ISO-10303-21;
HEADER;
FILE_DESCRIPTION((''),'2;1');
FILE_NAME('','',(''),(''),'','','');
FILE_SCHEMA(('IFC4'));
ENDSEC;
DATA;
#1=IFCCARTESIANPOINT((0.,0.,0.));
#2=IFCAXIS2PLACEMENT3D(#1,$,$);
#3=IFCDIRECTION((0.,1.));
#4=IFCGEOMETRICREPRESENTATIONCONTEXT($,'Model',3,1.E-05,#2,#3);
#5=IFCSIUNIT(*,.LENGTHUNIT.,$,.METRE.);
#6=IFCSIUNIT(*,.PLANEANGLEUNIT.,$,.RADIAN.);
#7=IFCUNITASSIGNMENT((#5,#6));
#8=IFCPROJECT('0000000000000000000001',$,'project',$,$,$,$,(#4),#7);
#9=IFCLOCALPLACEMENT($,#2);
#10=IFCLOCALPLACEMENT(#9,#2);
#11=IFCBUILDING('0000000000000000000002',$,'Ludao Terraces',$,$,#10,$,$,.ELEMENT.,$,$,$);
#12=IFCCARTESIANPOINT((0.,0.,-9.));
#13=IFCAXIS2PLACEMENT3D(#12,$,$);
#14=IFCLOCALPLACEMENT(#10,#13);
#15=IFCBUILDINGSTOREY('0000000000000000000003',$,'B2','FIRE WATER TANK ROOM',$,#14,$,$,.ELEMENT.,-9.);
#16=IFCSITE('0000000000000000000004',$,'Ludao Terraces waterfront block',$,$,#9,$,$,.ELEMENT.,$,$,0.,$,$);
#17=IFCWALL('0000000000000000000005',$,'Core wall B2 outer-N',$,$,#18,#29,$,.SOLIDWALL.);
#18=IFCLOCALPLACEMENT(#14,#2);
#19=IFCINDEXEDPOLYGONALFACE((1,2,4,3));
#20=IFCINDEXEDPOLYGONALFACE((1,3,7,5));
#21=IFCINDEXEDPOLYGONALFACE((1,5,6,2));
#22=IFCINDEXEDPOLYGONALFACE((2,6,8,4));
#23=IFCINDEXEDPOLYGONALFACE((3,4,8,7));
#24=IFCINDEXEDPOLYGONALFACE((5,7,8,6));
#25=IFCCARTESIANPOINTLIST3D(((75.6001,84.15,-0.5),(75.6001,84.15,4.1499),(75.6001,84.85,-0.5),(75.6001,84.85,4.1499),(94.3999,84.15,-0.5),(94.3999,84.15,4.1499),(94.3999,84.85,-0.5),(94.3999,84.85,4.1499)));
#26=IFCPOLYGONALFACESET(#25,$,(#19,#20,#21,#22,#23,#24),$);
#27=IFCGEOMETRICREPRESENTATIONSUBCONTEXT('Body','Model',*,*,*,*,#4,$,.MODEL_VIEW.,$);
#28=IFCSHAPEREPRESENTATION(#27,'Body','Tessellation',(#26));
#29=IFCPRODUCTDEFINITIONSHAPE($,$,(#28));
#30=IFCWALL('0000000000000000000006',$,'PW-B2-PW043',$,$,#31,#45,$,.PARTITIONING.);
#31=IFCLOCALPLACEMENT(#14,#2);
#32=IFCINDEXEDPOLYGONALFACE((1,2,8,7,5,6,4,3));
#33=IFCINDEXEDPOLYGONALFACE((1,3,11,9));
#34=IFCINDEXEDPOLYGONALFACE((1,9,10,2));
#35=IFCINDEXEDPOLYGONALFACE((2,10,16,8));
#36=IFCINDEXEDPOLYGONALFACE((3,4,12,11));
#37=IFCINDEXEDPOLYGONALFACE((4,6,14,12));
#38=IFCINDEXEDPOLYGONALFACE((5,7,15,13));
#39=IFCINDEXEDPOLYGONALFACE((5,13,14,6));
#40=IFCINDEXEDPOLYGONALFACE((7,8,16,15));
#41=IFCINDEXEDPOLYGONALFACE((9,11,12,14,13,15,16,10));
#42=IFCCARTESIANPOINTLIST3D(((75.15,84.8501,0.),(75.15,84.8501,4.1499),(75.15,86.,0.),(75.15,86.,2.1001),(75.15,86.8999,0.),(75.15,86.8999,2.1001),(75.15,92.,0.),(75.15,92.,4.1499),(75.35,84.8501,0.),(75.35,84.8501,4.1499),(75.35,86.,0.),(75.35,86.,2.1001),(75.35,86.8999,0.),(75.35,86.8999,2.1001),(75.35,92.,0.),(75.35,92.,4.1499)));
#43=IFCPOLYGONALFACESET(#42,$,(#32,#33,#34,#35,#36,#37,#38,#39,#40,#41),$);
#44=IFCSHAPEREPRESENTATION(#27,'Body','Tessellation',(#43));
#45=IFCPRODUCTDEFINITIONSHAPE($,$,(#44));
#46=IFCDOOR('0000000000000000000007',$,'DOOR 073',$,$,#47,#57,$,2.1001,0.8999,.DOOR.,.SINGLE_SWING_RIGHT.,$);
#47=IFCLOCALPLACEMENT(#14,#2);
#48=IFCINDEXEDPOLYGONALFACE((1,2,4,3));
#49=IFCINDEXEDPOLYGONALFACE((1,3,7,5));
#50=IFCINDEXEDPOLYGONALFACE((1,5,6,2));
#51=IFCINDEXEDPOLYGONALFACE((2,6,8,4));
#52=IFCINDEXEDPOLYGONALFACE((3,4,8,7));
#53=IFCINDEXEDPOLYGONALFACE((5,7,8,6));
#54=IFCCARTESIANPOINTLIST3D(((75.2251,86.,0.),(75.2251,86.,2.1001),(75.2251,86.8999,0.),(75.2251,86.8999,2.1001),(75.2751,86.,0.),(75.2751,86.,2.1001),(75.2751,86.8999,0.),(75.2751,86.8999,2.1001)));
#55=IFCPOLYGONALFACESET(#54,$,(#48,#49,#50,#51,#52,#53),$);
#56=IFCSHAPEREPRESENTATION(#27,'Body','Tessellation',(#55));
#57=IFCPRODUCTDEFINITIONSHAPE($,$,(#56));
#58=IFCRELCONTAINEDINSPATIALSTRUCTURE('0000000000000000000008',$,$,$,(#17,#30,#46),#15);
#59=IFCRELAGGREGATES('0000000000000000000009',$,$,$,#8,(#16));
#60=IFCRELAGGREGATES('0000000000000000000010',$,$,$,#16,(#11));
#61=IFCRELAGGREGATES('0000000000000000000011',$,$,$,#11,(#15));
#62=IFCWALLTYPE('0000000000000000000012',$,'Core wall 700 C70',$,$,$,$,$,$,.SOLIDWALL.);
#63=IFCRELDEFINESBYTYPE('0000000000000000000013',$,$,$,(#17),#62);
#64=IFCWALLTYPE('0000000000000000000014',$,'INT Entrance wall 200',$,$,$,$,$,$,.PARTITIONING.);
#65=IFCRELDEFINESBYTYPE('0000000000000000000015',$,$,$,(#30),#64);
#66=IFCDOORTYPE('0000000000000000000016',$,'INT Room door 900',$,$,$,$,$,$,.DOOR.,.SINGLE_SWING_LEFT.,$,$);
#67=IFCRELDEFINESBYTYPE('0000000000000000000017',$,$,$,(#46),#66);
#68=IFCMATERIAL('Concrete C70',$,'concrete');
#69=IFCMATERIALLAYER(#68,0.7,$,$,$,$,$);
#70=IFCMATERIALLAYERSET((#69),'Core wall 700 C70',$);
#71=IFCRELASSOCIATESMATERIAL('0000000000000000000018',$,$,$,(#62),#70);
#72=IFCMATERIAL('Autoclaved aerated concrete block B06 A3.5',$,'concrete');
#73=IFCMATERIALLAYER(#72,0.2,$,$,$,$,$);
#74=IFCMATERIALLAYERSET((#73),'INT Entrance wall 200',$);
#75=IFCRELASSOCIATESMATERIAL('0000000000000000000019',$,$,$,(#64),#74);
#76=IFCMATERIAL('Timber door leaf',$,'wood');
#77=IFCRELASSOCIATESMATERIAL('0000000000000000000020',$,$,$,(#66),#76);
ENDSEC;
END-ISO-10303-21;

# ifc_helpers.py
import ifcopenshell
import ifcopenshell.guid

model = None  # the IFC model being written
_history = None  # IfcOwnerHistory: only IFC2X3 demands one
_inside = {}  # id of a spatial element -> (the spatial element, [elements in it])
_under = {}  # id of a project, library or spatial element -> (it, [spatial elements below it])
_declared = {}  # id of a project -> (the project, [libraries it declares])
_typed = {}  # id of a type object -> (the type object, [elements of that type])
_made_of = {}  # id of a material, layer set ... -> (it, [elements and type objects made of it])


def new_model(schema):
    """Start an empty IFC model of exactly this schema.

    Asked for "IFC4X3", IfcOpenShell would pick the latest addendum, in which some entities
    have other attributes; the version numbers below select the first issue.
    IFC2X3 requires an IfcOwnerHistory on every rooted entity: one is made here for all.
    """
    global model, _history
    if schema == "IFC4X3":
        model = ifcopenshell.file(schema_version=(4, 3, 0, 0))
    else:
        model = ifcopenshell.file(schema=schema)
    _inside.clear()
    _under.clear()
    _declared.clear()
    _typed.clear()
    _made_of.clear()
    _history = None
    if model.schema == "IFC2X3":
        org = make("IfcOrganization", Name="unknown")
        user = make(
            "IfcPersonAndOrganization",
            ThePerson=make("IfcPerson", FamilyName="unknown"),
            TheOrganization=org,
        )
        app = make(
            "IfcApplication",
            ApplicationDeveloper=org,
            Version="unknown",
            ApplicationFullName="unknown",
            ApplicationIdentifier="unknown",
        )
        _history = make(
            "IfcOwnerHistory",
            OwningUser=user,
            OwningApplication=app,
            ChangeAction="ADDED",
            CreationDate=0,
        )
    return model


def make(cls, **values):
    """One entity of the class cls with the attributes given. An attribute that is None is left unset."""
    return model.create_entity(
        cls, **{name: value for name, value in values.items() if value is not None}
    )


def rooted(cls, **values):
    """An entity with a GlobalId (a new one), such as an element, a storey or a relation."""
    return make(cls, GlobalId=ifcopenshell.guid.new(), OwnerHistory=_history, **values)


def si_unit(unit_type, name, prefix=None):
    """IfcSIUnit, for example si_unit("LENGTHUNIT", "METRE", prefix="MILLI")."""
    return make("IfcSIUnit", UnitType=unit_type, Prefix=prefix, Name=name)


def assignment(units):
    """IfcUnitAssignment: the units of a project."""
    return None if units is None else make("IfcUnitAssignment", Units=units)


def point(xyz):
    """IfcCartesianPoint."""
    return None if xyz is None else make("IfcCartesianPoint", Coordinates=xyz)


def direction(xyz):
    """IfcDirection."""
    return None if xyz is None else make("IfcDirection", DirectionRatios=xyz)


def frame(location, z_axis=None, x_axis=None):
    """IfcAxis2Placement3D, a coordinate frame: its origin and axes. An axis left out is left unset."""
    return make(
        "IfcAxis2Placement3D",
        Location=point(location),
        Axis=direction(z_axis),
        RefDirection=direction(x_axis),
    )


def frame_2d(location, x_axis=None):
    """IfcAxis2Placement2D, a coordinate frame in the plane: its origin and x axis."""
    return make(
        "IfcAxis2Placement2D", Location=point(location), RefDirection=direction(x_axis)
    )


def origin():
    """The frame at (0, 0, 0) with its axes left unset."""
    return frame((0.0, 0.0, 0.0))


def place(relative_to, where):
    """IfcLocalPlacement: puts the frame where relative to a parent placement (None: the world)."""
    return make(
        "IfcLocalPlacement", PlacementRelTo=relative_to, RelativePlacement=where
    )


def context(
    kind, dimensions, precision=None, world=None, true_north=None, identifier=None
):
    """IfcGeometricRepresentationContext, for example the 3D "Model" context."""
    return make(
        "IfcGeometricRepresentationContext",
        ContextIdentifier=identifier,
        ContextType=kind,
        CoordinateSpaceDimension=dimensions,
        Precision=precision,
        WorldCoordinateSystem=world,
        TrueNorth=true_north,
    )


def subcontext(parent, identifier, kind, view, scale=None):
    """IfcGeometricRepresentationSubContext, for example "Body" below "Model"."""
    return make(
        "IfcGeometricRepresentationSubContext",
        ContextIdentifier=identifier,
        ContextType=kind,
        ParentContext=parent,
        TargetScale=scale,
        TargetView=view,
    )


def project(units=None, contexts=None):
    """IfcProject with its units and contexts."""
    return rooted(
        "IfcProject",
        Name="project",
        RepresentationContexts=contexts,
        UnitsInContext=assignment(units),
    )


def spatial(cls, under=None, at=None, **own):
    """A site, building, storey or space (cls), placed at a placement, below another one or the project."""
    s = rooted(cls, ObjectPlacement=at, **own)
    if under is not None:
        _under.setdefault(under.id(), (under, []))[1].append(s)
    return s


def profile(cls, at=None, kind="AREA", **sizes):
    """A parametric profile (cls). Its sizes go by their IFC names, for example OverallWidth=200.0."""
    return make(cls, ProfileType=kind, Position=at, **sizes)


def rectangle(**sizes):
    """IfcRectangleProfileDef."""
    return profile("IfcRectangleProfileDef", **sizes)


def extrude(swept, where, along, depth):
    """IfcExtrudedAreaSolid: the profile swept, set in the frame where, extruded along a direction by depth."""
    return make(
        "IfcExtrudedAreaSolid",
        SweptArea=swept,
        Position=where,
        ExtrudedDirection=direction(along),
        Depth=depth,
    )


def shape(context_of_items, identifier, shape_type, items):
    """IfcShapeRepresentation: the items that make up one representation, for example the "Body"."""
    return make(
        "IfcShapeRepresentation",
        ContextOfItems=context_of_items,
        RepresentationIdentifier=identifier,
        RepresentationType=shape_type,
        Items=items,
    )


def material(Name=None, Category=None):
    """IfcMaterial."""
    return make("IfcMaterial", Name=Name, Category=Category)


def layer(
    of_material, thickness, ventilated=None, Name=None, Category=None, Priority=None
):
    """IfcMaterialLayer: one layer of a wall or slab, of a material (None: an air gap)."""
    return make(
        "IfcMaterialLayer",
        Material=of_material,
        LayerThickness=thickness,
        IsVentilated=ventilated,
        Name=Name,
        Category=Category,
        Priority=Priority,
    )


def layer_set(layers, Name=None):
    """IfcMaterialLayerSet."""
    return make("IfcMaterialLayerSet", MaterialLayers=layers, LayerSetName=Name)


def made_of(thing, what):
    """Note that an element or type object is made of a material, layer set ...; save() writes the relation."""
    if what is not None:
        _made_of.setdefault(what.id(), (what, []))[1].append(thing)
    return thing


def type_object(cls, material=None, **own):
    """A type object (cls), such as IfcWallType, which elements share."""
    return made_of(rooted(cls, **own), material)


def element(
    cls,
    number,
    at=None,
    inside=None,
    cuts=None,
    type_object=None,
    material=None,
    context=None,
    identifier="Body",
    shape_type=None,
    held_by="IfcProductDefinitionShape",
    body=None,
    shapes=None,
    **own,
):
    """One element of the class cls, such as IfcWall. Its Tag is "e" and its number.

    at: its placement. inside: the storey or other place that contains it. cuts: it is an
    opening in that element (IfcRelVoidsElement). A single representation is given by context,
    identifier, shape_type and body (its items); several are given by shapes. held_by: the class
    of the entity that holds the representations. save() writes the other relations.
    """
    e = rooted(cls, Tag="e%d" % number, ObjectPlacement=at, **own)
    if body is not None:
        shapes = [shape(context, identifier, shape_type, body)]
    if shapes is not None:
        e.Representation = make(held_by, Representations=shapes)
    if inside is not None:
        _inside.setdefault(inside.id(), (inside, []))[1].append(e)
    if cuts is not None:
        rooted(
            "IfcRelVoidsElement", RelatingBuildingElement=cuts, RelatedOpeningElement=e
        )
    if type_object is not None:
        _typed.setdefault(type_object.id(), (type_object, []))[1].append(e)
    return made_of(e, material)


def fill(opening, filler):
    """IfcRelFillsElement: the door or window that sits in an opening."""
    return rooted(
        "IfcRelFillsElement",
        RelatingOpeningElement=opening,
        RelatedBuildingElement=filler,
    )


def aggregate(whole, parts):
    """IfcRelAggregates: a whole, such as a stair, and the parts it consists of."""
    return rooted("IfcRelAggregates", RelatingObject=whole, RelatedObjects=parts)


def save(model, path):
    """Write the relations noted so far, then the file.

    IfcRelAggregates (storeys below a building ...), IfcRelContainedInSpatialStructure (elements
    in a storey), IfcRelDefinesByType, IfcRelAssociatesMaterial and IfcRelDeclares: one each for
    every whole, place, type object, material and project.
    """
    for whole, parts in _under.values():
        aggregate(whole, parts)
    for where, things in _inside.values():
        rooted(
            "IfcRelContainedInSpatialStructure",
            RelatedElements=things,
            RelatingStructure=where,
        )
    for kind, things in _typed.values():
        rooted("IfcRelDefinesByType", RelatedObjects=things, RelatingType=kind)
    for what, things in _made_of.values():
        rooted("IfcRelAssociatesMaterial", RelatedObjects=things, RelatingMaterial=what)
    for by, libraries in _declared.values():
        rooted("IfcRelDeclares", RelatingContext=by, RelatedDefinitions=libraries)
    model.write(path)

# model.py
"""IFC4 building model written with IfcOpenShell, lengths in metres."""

from ifc_helpers import new_model, si_unit, direction, frame, frame_2d, origin, place, context, subcontext, project, spatial, rectangle, extrude, material, layer, layer_set, type_object, element, fill, save


model = new_model("IFC4")

# Units and contexts
model_context = context("Model", 3, precision=1e-05, world=origin(), true_north=direction((0.0, 1.0)))
body_context = subcontext(model_context, "Body", "Model", "MODEL_VIEW")
ifc_project = project(units=[si_unit("LENGTHUNIT", "METRE"), si_unit("PLANEANGLEUNIT", "RADIAN")], contexts=[model_context])

# Site, building, storey
site_placement = place(None, origin())
site = spatial("IfcSite", under=ifc_project, at=site_placement, Name="Ludao Terraces waterfront block", CompositionType="ELEMENT", RefElevation=0.0)
building_placement = place(site_placement, origin())
building = spatial("IfcBuilding", under=site, at=building_placement, Name="Ludao Terraces", CompositionType="ELEMENT")
storey_placement = place(building_placement, frame((0.0, 0.0, -9.0)))
storey = spatial("IfcBuildingStorey", under=building, at=storey_placement, Name="B2", Description="FIRE WATER TANK ROOM", CompositionType="ELEMENT", Elevation=-9.0)

# Wall
ifc_material_1 = material(Name="Concrete C70", Category="concrete")
ifc_layer_1 = layer(ifc_material_1, 0.7)
ifc_layer_set_1 = layer_set([ifc_layer_1], Name="Core wall 700 C70")
wall_type_1 = type_object("IfcWallType", Name="Core wall 700 C70", PredefinedType="SOLIDWALL", material=ifc_layer_set_1)
wall_1_placement = place(storey_placement, frame((75.6001, 84.5, -0.5), z_axis=(0.0, 0.0, 1.0), x_axis=(1.0, 0.0, 0.0)))
element("IfcWall", 1, at=wall_1_placement, inside=storey, type_object=wall_type_1, Name="Core wall B2 outer-N", PredefinedType="SOLIDWALL", context=body_context, shape_type="SweptSolid", body=[
    extrude(rectangle(XDim=18.7998, YDim=0.7, at=frame_2d((9.3999, 0.0))), origin(), (0.0, 0.0, 1.0), 4.6499),
])

# Wall, opening, door
ifc_material_2 = material(Name="Autoclaved aerated concrete block B06 A3.5", Category="concrete")
ifc_layer_2 = layer(ifc_material_2, 0.2)
ifc_layer_set_2 = layer_set([ifc_layer_2], Name="INT Entrance wall 200")
wall_type_2 = type_object("IfcWallType", Name="INT Entrance wall 200", PredefinedType="PARTITIONING", material=ifc_layer_set_2)
wall_2_placement = place(storey_placement, frame((75.25, 84.8501, 0.0), z_axis=(0.0, 0.0, 1.0), x_axis=(0.0, 1.0, 0.0)))
wall_2 = element("IfcWall", 2, at=wall_2_placement, inside=storey, type_object=wall_type_2, Name="PW-B2-PW043", PredefinedType="PARTITIONING", context=body_context, shape_type="SweptSolid", body=[
    extrude(rectangle(XDim=7.1499, YDim=0.2, at=frame_2d((3.575, 0.0))), origin(), (0.0, 0.0, 1.0), 4.1499),
])
opening_placement = place(wall_2_placement, frame((1.1499, 0.0, 0.0)))
opening = element("IfcOpeningElement", 3, at=opening_placement, cuts=wall_2, PredefinedType="OPENING", context=body_context, shape_type="SweptSolid", body=[
    extrude(rectangle(XDim=0.8999, YDim=2.1001, at=frame_2d((0.45, 1.05))), frame((0.0, 0.1099, 0.0), z_axis=(0.0, -1.0, 0.0), x_axis=(1.0, 0.0, 0.0)), (0.0, 0.0, 1.0), 0.22),
])
ifc_material_3 = material(Name="Timber door leaf", Category="wood")
door_type = type_object("IfcDoorType", Name="INT Room door 900", OperationType="SINGLE_SWING_LEFT", PredefinedType="DOOR", material=ifc_material_3)
door_placement = place(opening_placement, origin())
door = element("IfcDoor", 4, at=door_placement, inside=storey, type_object=door_type, Name="DOOR 073", OperationType="SINGLE_SWING_RIGHT", OverallHeight=2.1001, OverallWidth=0.8999, PredefinedType="DOOR", context=body_context, shape_type="SweptSolid", body=[
    extrude(rectangle(XDim=0.8999, YDim=2.1001, at=frame_2d((0.45, 1.05))), frame((0.0, 0.0249, 0.0), z_axis=(0.0, -1.0, 0.0), x_axis=(1.0, 0.0, 0.0)), (0.0, 0.0, 1.0), 0.05),
])
fill(opening, door)

save(model, "model.ifc")
